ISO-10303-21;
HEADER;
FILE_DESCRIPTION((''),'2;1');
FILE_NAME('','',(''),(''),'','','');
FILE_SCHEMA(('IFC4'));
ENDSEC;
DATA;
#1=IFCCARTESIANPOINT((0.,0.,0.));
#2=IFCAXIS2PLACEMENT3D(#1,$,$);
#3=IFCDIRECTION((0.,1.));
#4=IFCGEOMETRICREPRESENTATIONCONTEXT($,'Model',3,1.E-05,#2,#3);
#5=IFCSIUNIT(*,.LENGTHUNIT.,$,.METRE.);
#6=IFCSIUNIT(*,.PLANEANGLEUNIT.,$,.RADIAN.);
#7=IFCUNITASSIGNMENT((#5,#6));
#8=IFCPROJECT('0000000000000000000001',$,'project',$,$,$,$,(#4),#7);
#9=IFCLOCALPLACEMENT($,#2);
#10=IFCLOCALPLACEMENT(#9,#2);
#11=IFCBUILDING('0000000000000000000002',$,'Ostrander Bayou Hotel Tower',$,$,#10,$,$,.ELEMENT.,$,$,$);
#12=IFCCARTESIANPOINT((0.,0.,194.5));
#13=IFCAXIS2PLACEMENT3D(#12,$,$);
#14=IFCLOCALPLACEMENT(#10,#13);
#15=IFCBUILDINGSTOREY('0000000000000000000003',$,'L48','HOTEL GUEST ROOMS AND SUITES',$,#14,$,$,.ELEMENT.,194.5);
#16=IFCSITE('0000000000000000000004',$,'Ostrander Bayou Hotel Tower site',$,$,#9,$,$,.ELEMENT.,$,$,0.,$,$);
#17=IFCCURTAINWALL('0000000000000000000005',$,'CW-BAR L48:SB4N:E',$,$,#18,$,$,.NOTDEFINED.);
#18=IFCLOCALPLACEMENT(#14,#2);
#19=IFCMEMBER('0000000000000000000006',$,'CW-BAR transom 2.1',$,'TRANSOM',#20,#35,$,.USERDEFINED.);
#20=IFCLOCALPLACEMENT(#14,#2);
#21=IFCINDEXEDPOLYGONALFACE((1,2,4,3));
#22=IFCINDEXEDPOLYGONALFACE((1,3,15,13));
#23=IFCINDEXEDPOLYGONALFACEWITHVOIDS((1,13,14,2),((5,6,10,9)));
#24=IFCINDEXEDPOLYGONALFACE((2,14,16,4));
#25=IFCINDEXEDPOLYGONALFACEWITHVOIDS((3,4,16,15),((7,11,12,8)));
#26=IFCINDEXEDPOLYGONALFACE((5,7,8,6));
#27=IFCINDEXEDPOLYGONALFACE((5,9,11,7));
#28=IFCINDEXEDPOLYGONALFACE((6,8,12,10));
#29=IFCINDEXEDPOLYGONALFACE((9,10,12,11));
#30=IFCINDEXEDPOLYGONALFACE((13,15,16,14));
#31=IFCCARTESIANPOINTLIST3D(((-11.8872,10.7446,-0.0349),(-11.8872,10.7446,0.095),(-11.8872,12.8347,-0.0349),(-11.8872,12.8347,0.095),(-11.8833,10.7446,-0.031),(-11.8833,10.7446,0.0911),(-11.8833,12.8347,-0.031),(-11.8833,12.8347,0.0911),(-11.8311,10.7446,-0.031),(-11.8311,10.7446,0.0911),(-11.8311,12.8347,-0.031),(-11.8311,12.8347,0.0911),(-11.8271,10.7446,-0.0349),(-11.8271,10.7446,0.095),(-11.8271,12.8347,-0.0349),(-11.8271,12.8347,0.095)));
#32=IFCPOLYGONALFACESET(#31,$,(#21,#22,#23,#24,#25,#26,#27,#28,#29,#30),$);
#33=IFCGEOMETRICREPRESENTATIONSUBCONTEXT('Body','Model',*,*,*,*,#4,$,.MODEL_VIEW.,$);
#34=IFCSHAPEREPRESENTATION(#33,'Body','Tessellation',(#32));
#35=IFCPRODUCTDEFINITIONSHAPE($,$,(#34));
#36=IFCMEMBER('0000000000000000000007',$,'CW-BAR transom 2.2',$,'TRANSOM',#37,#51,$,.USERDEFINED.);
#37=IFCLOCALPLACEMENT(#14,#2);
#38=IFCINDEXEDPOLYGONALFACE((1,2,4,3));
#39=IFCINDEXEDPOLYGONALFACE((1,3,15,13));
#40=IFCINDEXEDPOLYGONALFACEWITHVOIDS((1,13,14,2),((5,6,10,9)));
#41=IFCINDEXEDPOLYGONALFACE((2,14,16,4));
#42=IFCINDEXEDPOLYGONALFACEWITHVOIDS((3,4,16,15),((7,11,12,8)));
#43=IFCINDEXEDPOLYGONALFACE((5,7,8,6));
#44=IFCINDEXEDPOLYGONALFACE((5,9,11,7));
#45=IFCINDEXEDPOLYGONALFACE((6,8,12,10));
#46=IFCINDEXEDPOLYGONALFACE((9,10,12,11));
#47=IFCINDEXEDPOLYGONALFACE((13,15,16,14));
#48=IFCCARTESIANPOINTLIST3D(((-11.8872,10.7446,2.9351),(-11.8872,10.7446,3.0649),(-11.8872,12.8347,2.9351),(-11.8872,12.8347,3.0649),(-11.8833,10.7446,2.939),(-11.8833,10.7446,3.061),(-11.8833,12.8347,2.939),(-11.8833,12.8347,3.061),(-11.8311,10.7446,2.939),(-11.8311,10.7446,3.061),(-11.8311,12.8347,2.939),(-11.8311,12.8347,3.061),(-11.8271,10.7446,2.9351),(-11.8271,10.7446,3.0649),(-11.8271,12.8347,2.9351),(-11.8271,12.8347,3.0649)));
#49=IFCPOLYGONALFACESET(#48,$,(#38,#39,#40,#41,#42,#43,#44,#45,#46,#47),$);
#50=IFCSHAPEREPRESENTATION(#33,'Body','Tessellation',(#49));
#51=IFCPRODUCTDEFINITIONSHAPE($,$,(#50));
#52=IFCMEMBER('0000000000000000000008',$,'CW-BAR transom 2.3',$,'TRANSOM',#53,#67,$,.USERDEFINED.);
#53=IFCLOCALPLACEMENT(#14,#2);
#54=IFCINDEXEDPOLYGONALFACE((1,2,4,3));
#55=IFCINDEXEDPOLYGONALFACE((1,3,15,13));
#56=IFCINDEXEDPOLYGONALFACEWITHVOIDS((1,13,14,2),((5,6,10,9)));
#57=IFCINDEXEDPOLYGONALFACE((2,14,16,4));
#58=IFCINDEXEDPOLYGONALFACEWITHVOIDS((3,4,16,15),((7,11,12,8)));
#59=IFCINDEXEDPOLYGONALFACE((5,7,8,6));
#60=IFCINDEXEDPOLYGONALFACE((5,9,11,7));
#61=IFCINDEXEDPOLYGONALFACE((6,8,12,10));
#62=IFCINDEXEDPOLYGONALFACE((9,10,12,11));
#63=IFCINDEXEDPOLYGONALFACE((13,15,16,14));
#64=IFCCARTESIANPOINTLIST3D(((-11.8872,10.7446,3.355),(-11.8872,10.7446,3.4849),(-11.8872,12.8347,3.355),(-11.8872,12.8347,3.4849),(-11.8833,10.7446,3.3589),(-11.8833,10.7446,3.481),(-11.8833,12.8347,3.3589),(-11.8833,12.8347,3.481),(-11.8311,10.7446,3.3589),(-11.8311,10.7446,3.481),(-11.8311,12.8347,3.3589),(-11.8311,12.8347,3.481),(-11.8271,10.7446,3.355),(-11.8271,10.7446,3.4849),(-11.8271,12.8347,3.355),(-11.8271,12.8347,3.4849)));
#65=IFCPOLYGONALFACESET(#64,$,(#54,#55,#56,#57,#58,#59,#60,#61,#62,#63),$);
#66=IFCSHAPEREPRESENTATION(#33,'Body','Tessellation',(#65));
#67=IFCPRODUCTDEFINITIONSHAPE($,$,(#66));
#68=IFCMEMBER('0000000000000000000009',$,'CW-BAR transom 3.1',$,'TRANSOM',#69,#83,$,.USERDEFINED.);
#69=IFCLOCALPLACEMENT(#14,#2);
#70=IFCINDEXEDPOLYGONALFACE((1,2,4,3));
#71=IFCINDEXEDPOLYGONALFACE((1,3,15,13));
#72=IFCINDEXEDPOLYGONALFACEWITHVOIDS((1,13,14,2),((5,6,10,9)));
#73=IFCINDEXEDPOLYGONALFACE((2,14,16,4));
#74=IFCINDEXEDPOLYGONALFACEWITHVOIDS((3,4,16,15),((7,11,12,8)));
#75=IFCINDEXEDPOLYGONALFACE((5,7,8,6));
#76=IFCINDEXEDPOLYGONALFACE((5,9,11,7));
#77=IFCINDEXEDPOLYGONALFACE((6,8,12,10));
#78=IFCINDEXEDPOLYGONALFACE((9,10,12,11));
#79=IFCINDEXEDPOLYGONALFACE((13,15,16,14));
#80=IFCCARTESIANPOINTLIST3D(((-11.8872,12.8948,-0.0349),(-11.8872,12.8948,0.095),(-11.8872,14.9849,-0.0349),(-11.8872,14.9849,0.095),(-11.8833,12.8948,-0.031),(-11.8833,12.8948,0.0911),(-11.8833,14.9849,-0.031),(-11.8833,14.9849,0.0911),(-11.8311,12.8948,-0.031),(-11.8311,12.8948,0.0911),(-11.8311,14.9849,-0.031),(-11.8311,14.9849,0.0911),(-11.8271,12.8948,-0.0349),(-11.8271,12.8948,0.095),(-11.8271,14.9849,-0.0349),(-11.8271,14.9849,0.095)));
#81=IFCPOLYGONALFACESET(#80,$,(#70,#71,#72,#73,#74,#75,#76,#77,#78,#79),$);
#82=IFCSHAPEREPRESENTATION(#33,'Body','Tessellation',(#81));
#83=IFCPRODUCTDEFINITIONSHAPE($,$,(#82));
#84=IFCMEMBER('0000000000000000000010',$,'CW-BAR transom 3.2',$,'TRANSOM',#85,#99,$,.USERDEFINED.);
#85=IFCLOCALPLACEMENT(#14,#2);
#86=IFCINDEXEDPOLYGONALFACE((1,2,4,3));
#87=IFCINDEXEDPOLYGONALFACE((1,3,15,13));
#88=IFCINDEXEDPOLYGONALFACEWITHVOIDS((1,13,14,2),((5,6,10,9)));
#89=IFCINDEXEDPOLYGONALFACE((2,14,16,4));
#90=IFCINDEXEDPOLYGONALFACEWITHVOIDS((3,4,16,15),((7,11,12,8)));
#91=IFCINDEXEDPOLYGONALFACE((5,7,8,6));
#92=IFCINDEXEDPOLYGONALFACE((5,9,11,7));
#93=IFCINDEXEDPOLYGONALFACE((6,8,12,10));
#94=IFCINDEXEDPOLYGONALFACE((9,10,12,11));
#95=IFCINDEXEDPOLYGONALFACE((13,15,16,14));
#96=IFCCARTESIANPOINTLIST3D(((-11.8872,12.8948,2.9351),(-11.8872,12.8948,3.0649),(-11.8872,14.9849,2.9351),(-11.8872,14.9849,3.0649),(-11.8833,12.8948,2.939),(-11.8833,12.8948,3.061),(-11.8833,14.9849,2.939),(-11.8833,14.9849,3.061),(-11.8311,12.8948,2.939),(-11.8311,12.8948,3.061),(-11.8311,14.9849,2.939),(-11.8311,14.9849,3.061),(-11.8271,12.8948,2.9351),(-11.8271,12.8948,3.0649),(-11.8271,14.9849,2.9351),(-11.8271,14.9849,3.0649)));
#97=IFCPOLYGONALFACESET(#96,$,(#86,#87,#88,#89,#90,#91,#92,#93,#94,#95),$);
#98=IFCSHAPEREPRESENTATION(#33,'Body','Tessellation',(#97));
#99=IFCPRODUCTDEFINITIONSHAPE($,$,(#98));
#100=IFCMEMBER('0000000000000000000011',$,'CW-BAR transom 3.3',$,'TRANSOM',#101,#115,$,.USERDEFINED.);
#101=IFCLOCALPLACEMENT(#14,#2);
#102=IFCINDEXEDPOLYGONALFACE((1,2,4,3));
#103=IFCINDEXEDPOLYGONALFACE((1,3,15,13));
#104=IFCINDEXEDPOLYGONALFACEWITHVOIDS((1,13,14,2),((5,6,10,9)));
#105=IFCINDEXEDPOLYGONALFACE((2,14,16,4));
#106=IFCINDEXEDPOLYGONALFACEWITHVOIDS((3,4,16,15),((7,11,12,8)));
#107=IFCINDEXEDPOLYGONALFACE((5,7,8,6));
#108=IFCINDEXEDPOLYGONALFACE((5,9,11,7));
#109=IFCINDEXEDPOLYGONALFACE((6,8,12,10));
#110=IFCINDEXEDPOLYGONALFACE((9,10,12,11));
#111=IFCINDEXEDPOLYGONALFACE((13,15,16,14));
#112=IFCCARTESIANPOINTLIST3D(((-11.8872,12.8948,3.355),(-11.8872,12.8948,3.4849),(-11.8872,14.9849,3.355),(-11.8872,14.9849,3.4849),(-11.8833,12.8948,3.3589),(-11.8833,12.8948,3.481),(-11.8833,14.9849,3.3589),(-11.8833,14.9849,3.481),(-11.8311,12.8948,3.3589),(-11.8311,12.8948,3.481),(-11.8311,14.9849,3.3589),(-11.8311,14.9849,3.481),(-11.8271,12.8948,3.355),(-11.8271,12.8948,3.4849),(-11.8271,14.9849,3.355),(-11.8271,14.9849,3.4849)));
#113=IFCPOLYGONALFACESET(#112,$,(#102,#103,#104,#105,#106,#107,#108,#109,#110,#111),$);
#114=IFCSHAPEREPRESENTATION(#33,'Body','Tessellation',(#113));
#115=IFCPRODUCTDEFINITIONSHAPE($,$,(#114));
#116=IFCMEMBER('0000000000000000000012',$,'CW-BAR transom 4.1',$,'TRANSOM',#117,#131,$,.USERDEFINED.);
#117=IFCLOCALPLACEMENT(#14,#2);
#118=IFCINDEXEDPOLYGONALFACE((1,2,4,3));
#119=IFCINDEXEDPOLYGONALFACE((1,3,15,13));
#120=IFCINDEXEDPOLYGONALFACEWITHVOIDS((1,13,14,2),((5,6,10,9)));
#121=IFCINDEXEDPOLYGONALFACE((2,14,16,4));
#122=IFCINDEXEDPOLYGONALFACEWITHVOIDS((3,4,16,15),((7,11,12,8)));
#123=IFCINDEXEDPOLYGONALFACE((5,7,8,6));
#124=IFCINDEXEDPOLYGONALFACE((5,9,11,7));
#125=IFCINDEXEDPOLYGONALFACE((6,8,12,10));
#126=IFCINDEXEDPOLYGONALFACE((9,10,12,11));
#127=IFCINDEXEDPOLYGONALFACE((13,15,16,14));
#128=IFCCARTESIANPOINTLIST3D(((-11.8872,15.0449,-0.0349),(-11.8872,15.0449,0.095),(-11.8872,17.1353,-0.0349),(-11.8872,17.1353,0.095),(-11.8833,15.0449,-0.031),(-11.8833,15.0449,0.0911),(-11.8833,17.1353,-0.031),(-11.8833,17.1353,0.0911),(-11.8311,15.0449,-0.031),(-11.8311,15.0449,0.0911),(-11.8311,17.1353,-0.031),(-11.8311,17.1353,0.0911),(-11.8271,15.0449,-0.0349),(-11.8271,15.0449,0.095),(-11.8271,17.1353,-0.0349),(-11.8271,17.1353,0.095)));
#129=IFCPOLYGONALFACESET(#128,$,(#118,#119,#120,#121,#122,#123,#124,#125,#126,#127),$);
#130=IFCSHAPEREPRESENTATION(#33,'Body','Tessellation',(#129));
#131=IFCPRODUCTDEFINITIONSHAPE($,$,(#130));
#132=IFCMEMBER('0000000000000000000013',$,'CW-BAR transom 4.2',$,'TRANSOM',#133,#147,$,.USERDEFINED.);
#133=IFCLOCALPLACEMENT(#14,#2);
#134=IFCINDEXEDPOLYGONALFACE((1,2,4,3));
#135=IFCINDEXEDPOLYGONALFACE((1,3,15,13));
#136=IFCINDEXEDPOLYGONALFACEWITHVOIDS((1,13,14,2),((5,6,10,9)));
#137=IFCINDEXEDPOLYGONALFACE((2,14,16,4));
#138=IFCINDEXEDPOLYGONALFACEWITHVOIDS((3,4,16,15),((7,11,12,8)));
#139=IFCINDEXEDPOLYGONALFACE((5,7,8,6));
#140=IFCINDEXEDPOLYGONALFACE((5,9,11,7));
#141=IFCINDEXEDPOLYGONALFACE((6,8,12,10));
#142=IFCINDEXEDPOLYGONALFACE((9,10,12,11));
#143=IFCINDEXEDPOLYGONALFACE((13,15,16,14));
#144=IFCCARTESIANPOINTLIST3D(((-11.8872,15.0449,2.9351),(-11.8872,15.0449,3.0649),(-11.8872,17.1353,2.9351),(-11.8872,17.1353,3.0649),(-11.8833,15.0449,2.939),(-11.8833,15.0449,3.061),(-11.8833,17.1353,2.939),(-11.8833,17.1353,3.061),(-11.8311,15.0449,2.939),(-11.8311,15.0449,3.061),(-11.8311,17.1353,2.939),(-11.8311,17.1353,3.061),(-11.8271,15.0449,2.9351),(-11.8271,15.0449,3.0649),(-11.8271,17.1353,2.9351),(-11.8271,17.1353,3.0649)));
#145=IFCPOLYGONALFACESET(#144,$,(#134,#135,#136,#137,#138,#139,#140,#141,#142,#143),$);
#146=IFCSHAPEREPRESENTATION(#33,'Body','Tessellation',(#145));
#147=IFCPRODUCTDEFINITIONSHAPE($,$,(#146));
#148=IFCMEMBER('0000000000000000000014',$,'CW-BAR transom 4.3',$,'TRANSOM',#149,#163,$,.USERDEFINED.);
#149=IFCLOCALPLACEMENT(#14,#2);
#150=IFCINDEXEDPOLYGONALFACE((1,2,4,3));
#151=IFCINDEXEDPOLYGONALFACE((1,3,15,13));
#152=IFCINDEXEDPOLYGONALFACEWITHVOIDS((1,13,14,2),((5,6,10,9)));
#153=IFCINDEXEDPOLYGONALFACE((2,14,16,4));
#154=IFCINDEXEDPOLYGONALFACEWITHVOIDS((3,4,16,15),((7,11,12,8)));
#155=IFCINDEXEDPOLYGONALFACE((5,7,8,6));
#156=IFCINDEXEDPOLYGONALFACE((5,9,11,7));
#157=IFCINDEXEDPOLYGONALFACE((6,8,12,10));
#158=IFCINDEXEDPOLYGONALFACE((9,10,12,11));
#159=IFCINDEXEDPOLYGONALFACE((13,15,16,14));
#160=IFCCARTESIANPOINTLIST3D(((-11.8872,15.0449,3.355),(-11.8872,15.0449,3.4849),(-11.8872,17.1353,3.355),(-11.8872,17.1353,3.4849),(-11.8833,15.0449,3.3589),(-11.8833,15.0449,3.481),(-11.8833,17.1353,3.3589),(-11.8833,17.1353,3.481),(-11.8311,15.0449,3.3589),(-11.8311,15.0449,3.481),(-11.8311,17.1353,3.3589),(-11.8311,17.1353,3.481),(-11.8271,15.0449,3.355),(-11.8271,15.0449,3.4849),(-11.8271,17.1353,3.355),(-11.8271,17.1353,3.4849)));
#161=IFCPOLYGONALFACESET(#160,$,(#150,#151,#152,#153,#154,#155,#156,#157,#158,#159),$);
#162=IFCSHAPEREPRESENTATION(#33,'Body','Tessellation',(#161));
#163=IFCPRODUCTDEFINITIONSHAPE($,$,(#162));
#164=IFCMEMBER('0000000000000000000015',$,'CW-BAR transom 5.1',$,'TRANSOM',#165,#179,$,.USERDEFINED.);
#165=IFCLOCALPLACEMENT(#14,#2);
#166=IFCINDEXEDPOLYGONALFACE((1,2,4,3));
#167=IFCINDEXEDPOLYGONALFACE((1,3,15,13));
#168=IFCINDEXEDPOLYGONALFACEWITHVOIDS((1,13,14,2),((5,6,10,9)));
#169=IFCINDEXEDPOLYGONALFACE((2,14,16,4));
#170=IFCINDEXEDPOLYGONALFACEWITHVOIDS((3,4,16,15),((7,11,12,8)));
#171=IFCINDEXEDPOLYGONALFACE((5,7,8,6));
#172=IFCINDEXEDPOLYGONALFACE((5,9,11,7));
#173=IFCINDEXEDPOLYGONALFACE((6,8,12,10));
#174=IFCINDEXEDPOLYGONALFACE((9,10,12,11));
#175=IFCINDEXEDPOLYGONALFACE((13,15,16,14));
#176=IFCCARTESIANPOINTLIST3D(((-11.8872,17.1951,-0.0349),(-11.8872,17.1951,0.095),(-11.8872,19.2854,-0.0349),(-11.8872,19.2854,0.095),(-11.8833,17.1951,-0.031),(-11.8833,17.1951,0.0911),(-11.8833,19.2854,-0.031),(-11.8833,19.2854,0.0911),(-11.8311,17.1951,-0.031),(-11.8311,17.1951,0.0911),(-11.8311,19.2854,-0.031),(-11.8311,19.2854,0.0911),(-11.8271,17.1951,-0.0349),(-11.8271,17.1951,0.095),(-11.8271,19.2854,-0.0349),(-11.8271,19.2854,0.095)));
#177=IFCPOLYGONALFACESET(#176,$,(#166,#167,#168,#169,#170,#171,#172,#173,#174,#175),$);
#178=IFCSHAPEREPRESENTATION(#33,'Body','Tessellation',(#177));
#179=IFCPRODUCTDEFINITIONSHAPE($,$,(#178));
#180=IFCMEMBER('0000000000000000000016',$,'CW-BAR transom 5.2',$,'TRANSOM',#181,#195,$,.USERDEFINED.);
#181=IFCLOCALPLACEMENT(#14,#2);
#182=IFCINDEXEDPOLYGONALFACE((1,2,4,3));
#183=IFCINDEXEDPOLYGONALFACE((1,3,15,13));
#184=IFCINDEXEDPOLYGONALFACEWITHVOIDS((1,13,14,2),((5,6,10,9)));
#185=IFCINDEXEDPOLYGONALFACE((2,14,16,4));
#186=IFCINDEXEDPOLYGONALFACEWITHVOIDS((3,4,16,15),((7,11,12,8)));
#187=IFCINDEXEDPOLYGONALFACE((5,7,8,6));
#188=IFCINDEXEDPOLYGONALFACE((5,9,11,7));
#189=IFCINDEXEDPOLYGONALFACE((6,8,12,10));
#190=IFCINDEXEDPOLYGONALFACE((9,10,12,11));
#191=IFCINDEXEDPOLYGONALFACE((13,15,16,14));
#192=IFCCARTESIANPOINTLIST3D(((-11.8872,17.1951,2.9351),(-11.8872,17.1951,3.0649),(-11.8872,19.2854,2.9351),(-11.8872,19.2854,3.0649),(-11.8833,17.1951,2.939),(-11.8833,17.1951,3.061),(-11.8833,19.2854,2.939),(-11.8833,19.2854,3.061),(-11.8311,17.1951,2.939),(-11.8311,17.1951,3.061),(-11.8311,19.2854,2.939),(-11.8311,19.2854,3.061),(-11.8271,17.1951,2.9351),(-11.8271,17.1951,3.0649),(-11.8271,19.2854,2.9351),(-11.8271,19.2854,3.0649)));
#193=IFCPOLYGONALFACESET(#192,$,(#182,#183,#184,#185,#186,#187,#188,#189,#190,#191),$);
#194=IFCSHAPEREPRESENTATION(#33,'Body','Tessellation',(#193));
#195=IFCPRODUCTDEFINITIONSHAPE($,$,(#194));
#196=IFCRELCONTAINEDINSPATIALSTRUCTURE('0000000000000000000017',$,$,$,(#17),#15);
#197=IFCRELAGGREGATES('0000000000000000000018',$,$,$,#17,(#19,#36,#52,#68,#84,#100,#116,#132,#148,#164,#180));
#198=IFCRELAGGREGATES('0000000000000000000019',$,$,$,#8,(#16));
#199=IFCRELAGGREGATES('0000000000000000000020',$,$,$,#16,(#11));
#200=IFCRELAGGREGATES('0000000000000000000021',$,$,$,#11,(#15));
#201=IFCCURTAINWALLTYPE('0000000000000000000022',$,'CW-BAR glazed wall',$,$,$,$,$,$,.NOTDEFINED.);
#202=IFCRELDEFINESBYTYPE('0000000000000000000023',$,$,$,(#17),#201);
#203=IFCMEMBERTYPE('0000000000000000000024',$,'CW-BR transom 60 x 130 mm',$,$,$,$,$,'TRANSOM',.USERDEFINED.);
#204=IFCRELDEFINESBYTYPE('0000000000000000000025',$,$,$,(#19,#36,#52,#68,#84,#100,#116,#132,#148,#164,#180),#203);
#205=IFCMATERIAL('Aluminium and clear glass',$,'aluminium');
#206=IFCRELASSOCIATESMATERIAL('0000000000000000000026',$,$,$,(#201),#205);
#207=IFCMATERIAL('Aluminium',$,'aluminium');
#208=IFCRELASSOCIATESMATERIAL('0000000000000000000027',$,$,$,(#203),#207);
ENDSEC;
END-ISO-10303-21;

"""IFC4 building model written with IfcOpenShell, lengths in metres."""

from ifc_helpers import new_model, si_unit, direction, frame, origin, origin_2d, place, context, subcontext, project, spatial, hollow_rectangle, extrude, material, material_profile, profile_set, type_object, element, aggregate, save


model = new_model("IFC4")

# Units and contexts
model_context = context("Model", 3, precision=1e-05, world=origin(), true_north=direction((0.0, 1.0)))
body_context = subcontext(model_context, "Body", "Model", "MODEL_VIEW")
ifc_project = project(units=[si_unit("LENGTHUNIT", "METRE"), si_unit("PLANEANGLEUNIT", "RADIAN")], contexts=[model_context])

# Site, building, storey
site_placement = place(None, origin())
site = spatial("IfcSite", under=ifc_project, at=site_placement, Name="Ostrander Bayou Hotel Tower site", CompositionType="ELEMENT", RefElevation=0.0)
building_placement = place(site_placement, origin())
building = spatial("IfcBuilding", under=site, at=building_placement, Name="Ostrander Bayou Hotel Tower", CompositionType="ELEMENT")
storey_placement = place(building_placement, frame((0.0, 0.0, 194.5)))
storey = spatial("IfcBuildingStorey", under=building, at=storey_placement, Name="L48", Description="HOTEL GUEST ROOMS AND SUITES", CompositionType="ELEMENT", Elevation=194.5)

# Curtain wall, members
ifc_material_1 = material(Name="Aluminium and clear glass", Category="aluminium")
curtain_wall_type = type_object("IfcCurtainWallType", Name="CW-BAR glazed wall", PredefinedType="NOTDEFINED", material=ifc_material_1)
curtain_wall_placement = place(storey_placement, origin())
curtain_wall = element("IfcCurtainWall", 1, at=curtain_wall_placement, inside=storey, type_object=curtain_wall_type, Name="CW-BAR L48:SB4N:E", PredefinedType="NOTDEFINED")
ifc_material_2 = material(Name="Aluminium", Category="aluminium")
ifc_material_profile = material_profile(ifc_material_2, hollow_rectangle(XDim=0.0601, YDim=0.1299, WallThickness=0.0039, at=origin_2d()))
ifc_profile_set = profile_set([ifc_material_profile], Name="Aluminium")
member_type = type_object("IfcMemberType", Name="CW-BR transom 60 x 130 mm", ElementType="TRANSOM", PredefinedType="USERDEFINED", material=ifc_profile_set)
member_1_placement = place(storey_placement, frame((-11.8572, 10.7446, 0.03), z_axis=(0.0, 1.0, 0.0), x_axis=(-1.0, 0.0, 0.0)))
member_1 = element("IfcMember", 2, at=member_1_placement, type_object=member_type, Name="CW-BAR transom 2.1", ObjectType="TRANSOM", PredefinedType="USERDEFINED", context=body_context, shape_type="SweptSolid", body=[
    extrude(hollow_rectangle(XDim=0.0601, YDim=0.1299, WallThickness=0.0039, at=origin_2d()), origin(), (0.0, 0.0, 1.0), 2.0901),
])
member_2_placement = place(storey_placement, frame((-11.8572, 10.7446, 3.0), z_axis=(0.0, 1.0, 0.0), x_axis=(-1.0, 0.0, 0.0)))
member_2 = element("IfcMember", 3, at=member_2_placement, type_object=member_type, Name="CW-BAR transom 2.2", ObjectType="TRANSOM", PredefinedType="USERDEFINED", context=body_context, shape_type="SweptSolid", body=[
    extrude(hollow_rectangle(XDim=0.0601, YDim=0.1299, WallThickness=0.0039, at=origin_2d()), origin(), (0.0, 0.0, 1.0), 2.0901),
])
member_3_placement = place(storey_placement, frame((-11.8572, 10.7446, 3.4199), z_axis=(0.0, 1.0, 0.0), x_axis=(-1.0, 0.0, 0.0)))
member_3 = element("IfcMember", 4, at=member_3_placement, type_object=member_type, Name="CW-BAR transom 2.3", ObjectType="TRANSOM", PredefinedType="USERDEFINED", context=body_context, shape_type="SweptSolid", body=[
    extrude(hollow_rectangle(XDim=0.0601, YDim=0.1299, WallThickness=0.0039, at=origin_2d()), origin(), (0.0, 0.0, 1.0), 2.0901),
])
member_4_placement = place(storey_placement, frame((-11.8572, 12.8948, 0.03), z_axis=(0.0, 1.0, 0.0), x_axis=(-1.0, 0.0, 0.0)))
member_4 = element("IfcMember", 5, at=member_4_placement, type_object=member_type, Name="CW-BAR transom 3.1", ObjectType="TRANSOM", PredefinedType="USERDEFINED", context=body_context, shape_type="SweptSolid", body=[
    extrude(hollow_rectangle(XDim=0.0601, YDim=0.1299, WallThickness=0.0039, at=origin_2d()), origin(), (0.0, 0.0, 1.0), 2.0901),
])
member_5_placement = place(storey_placement, frame((-11.8572, 12.8948, 3.0), z_axis=(0.0, 1.0, 0.0), x_axis=(-1.0, 0.0, 0.0)))
member_5 = element("IfcMember", 6, at=member_5_placement, type_object=member_type, Name="CW-BAR transom 3.2", ObjectType="TRANSOM", PredefinedType="USERDEFINED", context=body_context, shape_type="SweptSolid", body=[
    extrude(hollow_rectangle(XDim=0.0601, YDim=0.1299, WallThickness=0.0039, at=origin_2d()), origin(), (0.0, 0.0, 1.0), 2.0901),
])
member_6_placement = place(storey_placement, frame((-11.8572, 12.8948, 3.4199), z_axis=(0.0, 1.0, 0.0), x_axis=(-1.0, 0.0, 0.0)))
member_6 = element("IfcMember", 7, at=member_6_placement, type_object=member_type, Name="CW-BAR transom 3.3", ObjectType="TRANSOM", PredefinedType="USERDEFINED", context=body_context, shape_type="SweptSolid", body=[
    extrude(hollow_rectangle(XDim=0.0601, YDim=0.1299, WallThickness=0.0039, at=origin_2d()), origin(), (0.0, 0.0, 1.0), 2.0901),
])
member_7_placement = place(storey_placement, frame((-11.8572, 15.0449, 0.03), z_axis=(0.0, 1.0, 0.0), x_axis=(-1.0, 0.0, 0.0)))
member_7 = element("IfcMember", 8, at=member_7_placement, type_object=member_type, Name="CW-BAR transom 4.1", ObjectType="TRANSOM", PredefinedType="USERDEFINED", context=body_context, shape_type="SweptSolid", body=[
    extrude(hollow_rectangle(XDim=0.0601, YDim=0.1299, WallThickness=0.0039, at=origin_2d()), origin(), (0.0, 0.0, 1.0), 2.0903),
])
member_8_placement = place(storey_placement, frame((-11.8572, 15.0449, 3.0), z_axis=(0.0, 1.0, 0.0), x_axis=(-1.0, 0.0, 0.0)))
member_8 = element("IfcMember", 9, at=member_8_placement, type_object=member_type, Name="CW-BAR transom 4.2", ObjectType="TRANSOM", PredefinedType="USERDEFINED", context=body_context, shape_type="SweptSolid", body=[
    extrude(hollow_rectangle(XDim=0.0601, YDim=0.1299, WallThickness=0.0039, at=origin_2d()), origin(), (0.0, 0.0, 1.0), 2.0903),
])
member_9_placement = place(storey_placement, frame((-11.8572, 15.0449, 3.4199), z_axis=(0.0, 1.0, 0.0), x_axis=(-1.0, 0.0, 0.0)))
member_9 = element("IfcMember", 10, at=member_9_placement, type_object=member_type, Name="CW-BAR transom 4.3", ObjectType="TRANSOM", PredefinedType="USERDEFINED", context=body_context, shape_type="SweptSolid", body=[
    extrude(hollow_rectangle(XDim=0.0601, YDim=0.1299, WallThickness=0.0039, at=origin_2d()), origin(), (0.0, 0.0, 1.0), 2.0903),
])
member_10_placement = place(storey_placement, frame((-11.8572, 17.1951, 0.03), z_axis=(0.0, 1.0, 0.0), x_axis=(-1.0, 0.0, 0.0)))
member_10 = element("IfcMember", 11, at=member_10_placement, type_object=member_type, Name="CW-BAR transom 5.1", ObjectType="TRANSOM", PredefinedType="USERDEFINED", context=body_context, shape_type="SweptSolid", body=[
    extrude(hollow_rectangle(XDim=0.0601, YDim=0.1299, WallThickness=0.0039, at=origin_2d()), origin(), (0.0, 0.0, 1.0), 2.0903),
])
member_11_placement = place(storey_placement, frame((-11.8572, 17.1951, 3.0), z_axis=(0.0, 1.0, 0.0), x_axis=(-1.0, 0.0, 0.0)))
member_11 = element("IfcMember", 12, at=member_11_placement, type_object=member_type, Name="CW-BAR transom 5.2", ObjectType="TRANSOM", PredefinedType="USERDEFINED", context=body_context, shape_type="SweptSolid", body=[
    extrude(hollow_rectangle(XDim=0.0601, YDim=0.1299, WallThickness=0.0039, at=origin_2d()), origin(), (0.0, 0.0, 1.0), 2.0903),
])
aggregate(curtain_wall, [member_1, member_2, member_3, member_4, member_5, member_6, member_7, member_8, member_9, member_10, member_11])

save(model, "model.ifc")
